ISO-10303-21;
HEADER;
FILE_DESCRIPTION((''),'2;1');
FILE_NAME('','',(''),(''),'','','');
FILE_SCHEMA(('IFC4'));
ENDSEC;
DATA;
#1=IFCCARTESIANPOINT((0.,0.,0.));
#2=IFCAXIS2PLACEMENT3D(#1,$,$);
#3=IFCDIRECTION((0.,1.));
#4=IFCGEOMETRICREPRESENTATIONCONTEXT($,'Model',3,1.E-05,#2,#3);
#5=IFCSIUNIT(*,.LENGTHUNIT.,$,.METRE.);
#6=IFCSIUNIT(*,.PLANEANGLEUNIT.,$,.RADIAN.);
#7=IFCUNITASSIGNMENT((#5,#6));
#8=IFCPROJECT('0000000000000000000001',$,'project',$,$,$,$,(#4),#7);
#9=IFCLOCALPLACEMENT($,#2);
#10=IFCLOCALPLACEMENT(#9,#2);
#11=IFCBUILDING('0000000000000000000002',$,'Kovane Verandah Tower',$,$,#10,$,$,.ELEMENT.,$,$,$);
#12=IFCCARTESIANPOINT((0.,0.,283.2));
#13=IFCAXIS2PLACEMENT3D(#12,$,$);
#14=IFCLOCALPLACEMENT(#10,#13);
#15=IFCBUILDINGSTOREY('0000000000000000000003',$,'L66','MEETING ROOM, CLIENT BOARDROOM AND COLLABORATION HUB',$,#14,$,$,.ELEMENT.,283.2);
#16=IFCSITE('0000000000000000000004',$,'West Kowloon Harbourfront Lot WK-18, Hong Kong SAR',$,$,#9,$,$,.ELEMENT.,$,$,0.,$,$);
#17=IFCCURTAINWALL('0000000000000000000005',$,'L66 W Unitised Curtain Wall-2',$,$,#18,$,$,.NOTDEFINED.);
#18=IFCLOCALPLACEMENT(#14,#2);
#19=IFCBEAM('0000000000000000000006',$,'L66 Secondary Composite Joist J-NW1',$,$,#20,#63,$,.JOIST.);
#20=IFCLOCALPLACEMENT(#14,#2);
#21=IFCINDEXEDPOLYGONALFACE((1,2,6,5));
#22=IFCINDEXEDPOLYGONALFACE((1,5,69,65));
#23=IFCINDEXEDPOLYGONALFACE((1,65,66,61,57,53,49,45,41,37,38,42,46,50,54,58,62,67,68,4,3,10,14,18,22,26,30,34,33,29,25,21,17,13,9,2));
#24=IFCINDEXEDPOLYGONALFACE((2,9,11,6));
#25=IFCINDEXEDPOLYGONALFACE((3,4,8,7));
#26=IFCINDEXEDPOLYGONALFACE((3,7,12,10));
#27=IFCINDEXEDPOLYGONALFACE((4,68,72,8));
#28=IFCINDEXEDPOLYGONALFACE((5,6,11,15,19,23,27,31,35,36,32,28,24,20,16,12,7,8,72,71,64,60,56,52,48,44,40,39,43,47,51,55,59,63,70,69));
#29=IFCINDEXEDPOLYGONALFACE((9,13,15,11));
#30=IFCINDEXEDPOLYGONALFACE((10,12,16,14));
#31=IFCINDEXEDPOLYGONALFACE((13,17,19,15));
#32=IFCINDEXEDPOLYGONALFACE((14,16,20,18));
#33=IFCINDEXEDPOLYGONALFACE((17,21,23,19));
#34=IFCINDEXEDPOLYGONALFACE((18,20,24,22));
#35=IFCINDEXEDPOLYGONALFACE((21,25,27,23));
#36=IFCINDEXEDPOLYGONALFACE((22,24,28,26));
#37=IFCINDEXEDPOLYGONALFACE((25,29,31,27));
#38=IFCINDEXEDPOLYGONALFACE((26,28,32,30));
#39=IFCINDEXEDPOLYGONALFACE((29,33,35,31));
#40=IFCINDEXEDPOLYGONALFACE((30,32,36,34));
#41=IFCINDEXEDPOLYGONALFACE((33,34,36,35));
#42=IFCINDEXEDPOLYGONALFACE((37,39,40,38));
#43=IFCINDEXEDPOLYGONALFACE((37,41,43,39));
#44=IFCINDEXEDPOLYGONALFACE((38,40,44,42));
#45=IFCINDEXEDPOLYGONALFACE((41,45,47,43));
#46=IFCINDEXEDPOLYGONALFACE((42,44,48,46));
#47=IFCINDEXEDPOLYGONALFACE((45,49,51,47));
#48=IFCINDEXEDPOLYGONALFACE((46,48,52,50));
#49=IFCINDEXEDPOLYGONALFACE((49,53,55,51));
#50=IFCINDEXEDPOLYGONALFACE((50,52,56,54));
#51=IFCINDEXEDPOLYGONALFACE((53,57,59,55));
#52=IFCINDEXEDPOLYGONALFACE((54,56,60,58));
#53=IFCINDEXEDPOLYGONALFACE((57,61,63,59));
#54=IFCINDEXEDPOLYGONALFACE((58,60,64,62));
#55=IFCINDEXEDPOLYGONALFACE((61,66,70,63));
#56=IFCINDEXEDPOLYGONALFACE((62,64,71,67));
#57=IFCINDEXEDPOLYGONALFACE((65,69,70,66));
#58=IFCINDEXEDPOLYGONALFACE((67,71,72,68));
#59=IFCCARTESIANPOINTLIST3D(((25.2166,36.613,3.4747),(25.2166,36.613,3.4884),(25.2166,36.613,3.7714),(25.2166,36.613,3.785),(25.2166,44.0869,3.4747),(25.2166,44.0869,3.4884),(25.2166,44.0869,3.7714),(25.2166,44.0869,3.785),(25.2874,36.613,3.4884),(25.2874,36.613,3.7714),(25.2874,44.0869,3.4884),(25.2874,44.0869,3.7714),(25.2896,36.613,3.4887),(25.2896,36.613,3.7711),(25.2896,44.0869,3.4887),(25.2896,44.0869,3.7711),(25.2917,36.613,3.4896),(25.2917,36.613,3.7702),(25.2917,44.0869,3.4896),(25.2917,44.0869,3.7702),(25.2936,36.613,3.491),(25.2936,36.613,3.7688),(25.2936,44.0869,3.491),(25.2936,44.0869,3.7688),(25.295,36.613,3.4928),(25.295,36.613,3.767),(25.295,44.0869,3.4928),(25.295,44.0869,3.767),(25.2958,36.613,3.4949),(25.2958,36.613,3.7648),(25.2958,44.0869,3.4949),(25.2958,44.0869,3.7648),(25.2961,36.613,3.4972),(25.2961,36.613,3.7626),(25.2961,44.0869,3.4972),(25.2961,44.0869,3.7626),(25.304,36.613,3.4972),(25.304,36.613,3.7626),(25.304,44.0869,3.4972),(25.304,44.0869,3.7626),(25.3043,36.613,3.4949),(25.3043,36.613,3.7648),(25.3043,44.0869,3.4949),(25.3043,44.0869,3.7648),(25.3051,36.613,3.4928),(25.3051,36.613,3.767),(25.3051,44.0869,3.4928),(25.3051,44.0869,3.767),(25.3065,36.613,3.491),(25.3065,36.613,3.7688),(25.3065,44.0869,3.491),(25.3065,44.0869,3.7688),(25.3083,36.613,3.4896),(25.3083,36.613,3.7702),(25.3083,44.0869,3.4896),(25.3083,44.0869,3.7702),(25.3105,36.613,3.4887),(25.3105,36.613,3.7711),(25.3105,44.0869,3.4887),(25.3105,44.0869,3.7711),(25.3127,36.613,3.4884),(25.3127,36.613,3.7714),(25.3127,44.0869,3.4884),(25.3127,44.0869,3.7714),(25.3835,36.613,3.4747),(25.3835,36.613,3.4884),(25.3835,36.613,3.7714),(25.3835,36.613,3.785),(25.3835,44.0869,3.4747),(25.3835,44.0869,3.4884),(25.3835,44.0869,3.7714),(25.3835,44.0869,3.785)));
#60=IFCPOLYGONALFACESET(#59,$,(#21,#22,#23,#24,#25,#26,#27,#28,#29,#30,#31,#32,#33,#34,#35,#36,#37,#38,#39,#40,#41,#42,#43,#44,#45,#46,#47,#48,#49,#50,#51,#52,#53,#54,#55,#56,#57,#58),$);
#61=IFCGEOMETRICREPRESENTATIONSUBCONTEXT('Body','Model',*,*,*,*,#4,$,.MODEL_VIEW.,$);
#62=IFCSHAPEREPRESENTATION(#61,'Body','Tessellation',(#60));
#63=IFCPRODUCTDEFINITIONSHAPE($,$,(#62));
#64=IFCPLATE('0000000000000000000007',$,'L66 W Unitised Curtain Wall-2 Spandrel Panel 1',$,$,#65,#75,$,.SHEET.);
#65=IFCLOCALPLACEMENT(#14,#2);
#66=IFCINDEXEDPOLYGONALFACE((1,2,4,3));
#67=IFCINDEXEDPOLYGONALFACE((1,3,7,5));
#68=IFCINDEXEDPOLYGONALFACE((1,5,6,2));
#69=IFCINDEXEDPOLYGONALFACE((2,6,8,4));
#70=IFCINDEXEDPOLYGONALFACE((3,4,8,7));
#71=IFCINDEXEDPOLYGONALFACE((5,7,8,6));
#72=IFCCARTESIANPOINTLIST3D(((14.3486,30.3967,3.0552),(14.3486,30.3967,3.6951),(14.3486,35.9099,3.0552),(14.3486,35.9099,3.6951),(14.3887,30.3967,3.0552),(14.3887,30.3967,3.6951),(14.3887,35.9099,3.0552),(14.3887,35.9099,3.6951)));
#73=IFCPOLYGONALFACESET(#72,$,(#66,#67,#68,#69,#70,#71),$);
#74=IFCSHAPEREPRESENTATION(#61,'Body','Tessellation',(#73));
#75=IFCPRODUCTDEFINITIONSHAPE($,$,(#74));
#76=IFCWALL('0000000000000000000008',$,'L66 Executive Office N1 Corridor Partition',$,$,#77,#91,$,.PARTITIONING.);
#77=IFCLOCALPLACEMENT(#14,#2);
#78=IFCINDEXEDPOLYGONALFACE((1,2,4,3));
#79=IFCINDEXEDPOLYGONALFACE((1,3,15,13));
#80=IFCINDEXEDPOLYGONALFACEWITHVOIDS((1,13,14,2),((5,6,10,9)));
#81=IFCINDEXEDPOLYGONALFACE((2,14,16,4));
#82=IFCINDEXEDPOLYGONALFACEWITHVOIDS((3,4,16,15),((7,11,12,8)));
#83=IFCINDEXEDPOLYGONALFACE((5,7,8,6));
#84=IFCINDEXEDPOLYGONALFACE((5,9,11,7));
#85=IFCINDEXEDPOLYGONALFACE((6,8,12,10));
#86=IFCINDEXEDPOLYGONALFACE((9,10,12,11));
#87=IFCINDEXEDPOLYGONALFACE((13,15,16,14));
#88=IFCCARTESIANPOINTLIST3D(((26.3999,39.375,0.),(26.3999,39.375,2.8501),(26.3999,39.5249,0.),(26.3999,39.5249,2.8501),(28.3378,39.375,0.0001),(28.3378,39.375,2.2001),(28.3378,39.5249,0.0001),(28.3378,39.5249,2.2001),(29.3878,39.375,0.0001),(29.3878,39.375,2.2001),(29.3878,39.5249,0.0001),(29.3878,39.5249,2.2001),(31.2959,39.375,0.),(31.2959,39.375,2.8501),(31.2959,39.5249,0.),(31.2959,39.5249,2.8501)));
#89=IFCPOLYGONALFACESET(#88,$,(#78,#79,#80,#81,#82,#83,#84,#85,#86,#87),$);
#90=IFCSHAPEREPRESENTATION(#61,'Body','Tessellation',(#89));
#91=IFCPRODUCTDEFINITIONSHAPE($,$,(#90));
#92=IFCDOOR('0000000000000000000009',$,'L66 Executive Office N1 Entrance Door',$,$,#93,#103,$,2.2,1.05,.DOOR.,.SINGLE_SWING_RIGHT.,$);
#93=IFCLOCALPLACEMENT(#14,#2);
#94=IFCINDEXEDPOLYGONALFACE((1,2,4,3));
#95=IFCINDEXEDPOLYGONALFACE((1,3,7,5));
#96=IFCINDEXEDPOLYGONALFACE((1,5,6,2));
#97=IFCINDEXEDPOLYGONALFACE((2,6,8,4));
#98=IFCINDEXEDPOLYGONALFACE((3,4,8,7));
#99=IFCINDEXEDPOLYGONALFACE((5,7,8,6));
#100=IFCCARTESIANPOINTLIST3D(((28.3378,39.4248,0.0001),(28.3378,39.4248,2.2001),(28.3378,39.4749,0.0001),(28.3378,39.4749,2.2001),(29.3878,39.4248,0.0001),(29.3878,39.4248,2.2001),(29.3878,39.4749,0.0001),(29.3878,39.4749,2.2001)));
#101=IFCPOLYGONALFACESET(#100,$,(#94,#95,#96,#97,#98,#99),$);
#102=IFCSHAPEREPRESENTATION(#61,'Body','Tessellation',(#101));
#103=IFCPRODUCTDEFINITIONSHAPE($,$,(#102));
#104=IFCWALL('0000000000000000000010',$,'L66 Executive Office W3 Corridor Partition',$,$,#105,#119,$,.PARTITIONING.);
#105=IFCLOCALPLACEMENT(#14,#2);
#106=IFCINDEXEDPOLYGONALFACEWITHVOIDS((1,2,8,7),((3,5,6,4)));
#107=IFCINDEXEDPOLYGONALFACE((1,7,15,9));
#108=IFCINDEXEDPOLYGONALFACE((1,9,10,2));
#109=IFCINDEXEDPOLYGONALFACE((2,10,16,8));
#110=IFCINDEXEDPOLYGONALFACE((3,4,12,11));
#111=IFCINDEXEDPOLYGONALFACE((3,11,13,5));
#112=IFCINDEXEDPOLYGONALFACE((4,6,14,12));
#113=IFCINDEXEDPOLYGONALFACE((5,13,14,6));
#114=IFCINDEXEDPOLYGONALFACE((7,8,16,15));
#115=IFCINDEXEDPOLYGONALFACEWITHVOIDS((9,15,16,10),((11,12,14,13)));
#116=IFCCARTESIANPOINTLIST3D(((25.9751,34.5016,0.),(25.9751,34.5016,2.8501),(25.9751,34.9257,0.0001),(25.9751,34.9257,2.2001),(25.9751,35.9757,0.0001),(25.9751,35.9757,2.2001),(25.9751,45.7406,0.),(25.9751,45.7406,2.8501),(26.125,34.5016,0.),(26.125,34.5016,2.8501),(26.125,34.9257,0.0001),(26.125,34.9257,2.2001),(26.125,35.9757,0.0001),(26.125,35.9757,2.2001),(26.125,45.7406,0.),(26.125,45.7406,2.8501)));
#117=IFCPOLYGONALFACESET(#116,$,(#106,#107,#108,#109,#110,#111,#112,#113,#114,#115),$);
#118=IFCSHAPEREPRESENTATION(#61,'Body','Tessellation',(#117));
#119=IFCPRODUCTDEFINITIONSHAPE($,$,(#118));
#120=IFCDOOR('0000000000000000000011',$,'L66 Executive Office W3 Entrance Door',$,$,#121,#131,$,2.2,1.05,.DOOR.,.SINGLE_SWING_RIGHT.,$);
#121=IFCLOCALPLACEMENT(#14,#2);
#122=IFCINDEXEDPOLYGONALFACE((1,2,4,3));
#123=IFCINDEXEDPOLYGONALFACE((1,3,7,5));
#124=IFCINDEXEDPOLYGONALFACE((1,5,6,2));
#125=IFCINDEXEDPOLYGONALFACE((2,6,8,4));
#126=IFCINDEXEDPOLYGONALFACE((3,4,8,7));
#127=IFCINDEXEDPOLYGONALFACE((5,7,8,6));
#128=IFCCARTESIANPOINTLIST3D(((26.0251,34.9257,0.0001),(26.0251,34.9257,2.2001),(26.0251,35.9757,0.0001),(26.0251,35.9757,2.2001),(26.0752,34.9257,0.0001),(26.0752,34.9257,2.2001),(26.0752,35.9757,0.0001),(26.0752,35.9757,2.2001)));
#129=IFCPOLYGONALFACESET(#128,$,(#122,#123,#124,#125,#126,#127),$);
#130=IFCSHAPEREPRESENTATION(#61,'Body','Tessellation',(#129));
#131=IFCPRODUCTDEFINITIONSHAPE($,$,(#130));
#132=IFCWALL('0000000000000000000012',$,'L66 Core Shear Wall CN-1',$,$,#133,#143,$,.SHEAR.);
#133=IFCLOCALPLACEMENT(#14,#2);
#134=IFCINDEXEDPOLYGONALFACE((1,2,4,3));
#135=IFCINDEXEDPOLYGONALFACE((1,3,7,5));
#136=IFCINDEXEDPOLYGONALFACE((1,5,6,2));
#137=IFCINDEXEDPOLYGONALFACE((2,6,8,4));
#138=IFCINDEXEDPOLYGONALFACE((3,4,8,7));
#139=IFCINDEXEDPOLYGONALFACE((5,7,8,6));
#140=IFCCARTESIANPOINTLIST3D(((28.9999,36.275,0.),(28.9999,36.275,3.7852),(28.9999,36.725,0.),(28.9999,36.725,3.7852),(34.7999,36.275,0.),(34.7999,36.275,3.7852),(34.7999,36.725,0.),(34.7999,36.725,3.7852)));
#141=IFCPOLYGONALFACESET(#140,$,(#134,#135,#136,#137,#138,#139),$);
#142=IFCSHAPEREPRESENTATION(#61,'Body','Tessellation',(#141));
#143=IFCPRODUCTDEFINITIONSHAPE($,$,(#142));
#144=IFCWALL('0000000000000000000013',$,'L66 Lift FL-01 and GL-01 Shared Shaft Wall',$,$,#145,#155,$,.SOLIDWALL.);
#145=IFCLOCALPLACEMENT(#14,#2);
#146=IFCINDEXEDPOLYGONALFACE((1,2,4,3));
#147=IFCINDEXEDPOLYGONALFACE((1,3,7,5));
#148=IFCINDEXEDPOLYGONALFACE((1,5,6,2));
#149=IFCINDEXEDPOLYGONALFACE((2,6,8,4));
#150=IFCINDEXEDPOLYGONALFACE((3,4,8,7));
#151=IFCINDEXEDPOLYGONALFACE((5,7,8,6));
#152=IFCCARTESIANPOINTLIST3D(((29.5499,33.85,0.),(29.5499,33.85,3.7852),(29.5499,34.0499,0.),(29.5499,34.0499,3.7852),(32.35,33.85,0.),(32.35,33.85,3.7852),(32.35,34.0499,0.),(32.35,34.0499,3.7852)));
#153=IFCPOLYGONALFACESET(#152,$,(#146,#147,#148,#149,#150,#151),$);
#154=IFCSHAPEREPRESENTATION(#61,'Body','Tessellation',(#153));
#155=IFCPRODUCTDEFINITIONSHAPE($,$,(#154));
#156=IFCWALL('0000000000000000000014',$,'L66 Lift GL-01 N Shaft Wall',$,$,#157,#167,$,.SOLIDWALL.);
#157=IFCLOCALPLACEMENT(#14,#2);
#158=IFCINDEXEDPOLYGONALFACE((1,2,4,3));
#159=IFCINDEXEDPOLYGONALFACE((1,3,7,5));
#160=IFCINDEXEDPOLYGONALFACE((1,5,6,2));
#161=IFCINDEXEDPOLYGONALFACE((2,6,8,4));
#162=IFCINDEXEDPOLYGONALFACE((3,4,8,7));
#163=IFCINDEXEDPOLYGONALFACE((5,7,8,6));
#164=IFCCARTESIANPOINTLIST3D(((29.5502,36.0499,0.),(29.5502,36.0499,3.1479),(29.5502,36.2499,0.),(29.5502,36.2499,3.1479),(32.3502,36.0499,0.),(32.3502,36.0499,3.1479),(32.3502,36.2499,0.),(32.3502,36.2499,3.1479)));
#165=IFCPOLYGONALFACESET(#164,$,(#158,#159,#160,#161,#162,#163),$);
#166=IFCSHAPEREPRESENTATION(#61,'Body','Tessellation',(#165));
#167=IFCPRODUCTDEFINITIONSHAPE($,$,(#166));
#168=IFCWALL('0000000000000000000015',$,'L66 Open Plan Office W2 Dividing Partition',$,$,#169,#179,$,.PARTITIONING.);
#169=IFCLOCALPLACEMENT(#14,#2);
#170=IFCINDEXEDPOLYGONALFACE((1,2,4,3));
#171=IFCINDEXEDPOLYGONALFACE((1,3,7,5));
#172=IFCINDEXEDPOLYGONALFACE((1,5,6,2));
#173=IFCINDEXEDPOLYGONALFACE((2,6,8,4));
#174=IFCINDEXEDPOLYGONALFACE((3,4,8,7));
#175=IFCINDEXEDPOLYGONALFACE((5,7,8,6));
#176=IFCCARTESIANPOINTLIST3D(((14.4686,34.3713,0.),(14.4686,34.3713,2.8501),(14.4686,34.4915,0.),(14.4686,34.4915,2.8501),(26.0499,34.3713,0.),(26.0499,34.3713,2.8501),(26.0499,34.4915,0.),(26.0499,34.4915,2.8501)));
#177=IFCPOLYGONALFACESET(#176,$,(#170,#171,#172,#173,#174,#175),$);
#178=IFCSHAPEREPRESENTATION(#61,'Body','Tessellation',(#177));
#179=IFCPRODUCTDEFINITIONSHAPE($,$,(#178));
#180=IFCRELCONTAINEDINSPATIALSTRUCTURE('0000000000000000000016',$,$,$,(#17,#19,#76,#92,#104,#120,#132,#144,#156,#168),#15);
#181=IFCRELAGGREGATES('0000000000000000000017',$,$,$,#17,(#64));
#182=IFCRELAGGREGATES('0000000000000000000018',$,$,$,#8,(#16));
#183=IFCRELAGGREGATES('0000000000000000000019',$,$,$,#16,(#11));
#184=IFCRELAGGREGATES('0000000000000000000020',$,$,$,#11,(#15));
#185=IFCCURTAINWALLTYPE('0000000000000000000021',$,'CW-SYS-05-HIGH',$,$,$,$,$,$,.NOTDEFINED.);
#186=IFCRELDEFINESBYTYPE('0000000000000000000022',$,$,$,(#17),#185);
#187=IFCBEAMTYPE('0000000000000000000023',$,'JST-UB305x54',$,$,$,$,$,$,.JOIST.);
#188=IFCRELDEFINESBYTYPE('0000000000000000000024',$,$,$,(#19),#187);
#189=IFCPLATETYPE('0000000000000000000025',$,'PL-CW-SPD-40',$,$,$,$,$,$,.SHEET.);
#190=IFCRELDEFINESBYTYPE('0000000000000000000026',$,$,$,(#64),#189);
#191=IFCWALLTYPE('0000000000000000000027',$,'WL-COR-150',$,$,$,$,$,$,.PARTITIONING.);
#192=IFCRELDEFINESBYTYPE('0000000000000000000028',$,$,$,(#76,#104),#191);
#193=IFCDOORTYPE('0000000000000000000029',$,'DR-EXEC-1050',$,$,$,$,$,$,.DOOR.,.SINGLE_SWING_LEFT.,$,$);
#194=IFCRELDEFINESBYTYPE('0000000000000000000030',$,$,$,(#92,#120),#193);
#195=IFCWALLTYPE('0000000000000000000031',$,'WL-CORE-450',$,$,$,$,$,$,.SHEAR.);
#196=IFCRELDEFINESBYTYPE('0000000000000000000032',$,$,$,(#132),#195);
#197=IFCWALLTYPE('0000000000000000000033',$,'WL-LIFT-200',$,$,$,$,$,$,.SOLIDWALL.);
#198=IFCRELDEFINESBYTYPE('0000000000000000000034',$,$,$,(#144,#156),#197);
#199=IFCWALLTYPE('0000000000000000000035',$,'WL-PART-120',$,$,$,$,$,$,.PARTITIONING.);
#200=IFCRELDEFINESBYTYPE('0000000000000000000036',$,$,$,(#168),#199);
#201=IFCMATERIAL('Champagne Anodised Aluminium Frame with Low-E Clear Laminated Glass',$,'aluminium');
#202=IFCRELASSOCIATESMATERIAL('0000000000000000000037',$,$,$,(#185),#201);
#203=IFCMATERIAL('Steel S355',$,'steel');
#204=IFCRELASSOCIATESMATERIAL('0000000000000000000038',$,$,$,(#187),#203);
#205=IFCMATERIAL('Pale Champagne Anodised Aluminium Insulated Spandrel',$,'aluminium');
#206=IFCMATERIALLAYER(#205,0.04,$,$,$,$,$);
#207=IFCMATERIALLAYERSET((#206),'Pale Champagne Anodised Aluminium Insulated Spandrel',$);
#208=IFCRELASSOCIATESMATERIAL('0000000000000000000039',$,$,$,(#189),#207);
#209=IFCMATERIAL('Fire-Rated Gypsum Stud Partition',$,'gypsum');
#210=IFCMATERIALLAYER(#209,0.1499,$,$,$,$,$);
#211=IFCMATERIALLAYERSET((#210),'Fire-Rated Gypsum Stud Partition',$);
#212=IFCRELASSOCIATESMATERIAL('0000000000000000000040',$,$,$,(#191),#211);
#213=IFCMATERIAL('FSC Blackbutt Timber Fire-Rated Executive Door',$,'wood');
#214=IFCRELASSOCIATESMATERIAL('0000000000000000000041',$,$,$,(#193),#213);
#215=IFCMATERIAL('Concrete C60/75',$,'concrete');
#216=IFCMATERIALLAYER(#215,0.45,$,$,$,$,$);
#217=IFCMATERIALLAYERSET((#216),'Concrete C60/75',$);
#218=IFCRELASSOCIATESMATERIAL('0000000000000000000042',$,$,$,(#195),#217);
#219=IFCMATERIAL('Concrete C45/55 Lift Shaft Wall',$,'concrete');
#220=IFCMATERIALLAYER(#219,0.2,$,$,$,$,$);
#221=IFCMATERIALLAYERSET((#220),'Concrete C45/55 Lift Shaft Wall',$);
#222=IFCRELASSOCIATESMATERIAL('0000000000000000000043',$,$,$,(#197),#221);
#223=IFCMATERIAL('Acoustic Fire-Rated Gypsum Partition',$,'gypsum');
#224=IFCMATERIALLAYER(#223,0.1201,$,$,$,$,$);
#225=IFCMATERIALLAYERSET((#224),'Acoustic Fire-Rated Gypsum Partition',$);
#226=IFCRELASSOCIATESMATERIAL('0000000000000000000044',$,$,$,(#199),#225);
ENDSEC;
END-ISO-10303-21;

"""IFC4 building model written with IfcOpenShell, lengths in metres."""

from ifc_helpers import new_model, si_unit, direction, frame, frame_2d, origin, origin_2d, place, context, subcontext, project, spatial, rectangle, i_section, extrude, material, layer, layer_set, material_profile, profile_set, type_object, element, fill, aggregate, save


model = new_model("IFC4")

# Units and contexts
model_context = context("Model", 3, precision=1e-05, world=origin(), true_north=direction((0.0, 1.0)))
body_context = subcontext(model_context, "Body", "Model", "MODEL_VIEW")
ifc_project = project(units=[si_unit("LENGTHUNIT", "METRE"), si_unit("PLANEANGLEUNIT", "RADIAN")], contexts=[model_context])

# Site, building, storey
site_placement = place(None, origin())
site = spatial("IfcSite", under=ifc_project, at=site_placement, Name="West Kowloon Harbourfront Lot WK-18, Hong Kong SAR", CompositionType="ELEMENT", RefElevation=0.0)
building_placement = place(site_placement, origin())
building = spatial("IfcBuilding", under=site, at=building_placement, Name="Kovane Verandah Tower", CompositionType="ELEMENT")
storey_placement = place(building_placement, frame((0.0, 0.0, 283.2)))
storey = spatial("IfcBuildingStorey", under=building, at=storey_placement, Name="L66", Description="MEETING ROOM, CLIENT BOARDROOM AND COLLABORATION HUB", CompositionType="ELEMENT", Elevation=283.2)

# Shared definitions
ifc_material_1 = material(Name="Concrete C60/75", Category="concrete")

# Shared definitions
ifc_material_2 = material(Name="Steel S355", Category="steel")

# Shared definitions
ifc_material_3 = material(Name="Champagne Anodised Aluminium Frame with Low-E Clear Laminated Glass", Category="aluminium")
curtain_wall_type = type_object("IfcCurtainWallType", Name="CW-SYS-05-HIGH", PredefinedType="NOTDEFINED", material=ifc_material_3)

# Curtain wall
curtain_wall_1_placement = place(storey_placement, origin())
curtain_wall_1 = element("IfcCurtainWall", 1, at=curtain_wall_1_placement, inside=storey, type_object=curtain_wall_type, Name="L66 W Unitised Curtain Wall-2", PredefinedType="NOTDEFINED")

# Beam
ifc_material_profile_1 = material_profile(ifc_material_2, i_section(OverallWidth=0.167, OverallDepth=0.3103, WebThickness=0.0078, FlangeThickness=0.0137, FilletRadius=0.0088, at=origin_2d()), Name="UB305x165x54")
ifc_profile_set_1 = profile_set([ifc_material_profile_1], Name="Steel S355")
beam_type_1 = type_object("IfcBeamType", Name="JST-UB305x54", PredefinedType="JOIST", material=ifc_profile_set_1)
beam_1_placement = place(storey_placement, frame((25.3, 36.613, 3.6299), z_axis=(0.0, 1.0, 0.0), x_axis=(-1.0, 0.0, 0.0)))
element("IfcBeam", 2, at=beam_1_placement, inside=storey, type_object=beam_type_1, Name="L66 Secondary Composite Joist J-NW1", PredefinedType="JOIST", context=body_context, shape_type="SweptSolid", body=[
    extrude(i_section(OverallWidth=0.167, OverallDepth=0.3103, WebThickness=0.0078, FlangeThickness=0.0137, FilletRadius=0.0088, at=origin_2d()), origin(), (0.0, 0.0, 1.0), 7.4739),
])

# Plate
ifc_material_4 = material(Name="Pale Champagne Anodised Aluminium Insulated Spandrel", Category="aluminium")
ifc_layer_1 = layer(ifc_material_4, 0.04)
ifc_layer_set_1 = layer_set([ifc_layer_1], Name="Pale Champagne Anodised Aluminium Insulated Spandrel")
plate_type = type_object("IfcPlateType", Name="PL-CW-SPD-40", PredefinedType="SHEET", material=ifc_layer_set_1)
plate_placement = place(storey_placement, frame((14.3687, 33.1533, 3.0552), z_axis=(0.0, 0.0, 1.0), x_axis=(0.0, -1.0, 0.0)))
plate = element("IfcPlate", 3, at=plate_placement, type_object=plate_type, Name="L66 W Unitised Curtain Wall-2 Spandrel Panel 1", PredefinedType="SHEET", context=body_context, shape_type="SweptSolid", body=[
    extrude(rectangle(XDim=5.5132, YDim=0.04, at=origin_2d()), origin(), (0.0, 0.0, 1.0), 0.6399),
])
aggregate(curtain_wall_1, [plate])

# Walls, openings, doors
ifc_material_5 = material(Name="Fire-Rated Gypsum Stud Partition", Category="gypsum")
ifc_layer_2 = layer(ifc_material_5, 0.1499)
ifc_layer_set_2 = layer_set([ifc_layer_2], Name="Fire-Rated Gypsum Stud Partition")
wall_type_1 = type_object("IfcWallType", Name="WL-COR-150", PredefinedType="PARTITIONING", material=ifc_layer_set_2)
wall_1_placement = place(storey_placement, frame((26.3999, 39.45, 0.0), z_axis=(0.0, 0.0, 1.0), x_axis=(1.0, 0.0, 0.0)))
wall_1 = element("IfcWall", 4, at=wall_1_placement, inside=storey, type_object=wall_type_1, Name="L66 Executive Office N1 Corridor Partition", PredefinedType="PARTITIONING", context=body_context, shape_type="SweptSolid", body=[
    extrude(rectangle(XDim=4.896, YDim=0.1499, at=frame_2d((2.448, 0.0))), origin(), (0.0, 0.0, 1.0), 2.8501),
])
opening_1_placement = place(wall_1_placement, frame((1.938, 0.0, 0.0)))
opening_1 = element("IfcOpeningElement", 5, at=opening_1_placement, cuts=wall_1, PredefinedType="OPENING", context=body_context, shape_type="SweptSolid", body=[
    extrude(rectangle(XDim=1.05, YDim=2.2, at=frame_2d((0.5249, 1.1001))), frame((0.0, 0.075, 0.0), z_axis=(0.0, -1.0, 0.0), x_axis=(1.0, 0.0, 0.0)), (0.0, 0.0, 1.0), 0.1499),
])
ifc_material_6 = material(Name="FSC Blackbutt Timber Fire-Rated Executive Door", Category="wood")
door_type_1 = type_object("IfcDoorType", Name="DR-EXEC-1050", OperationType="SINGLE_SWING_LEFT", PredefinedType="DOOR", material=ifc_material_6)
door_1_placement = place(opening_1_placement, origin())
door_1 = element("IfcDoor", 6, at=door_1_placement, inside=storey, type_object=door_type_1, Name="L66 Executive Office N1 Entrance Door", OperationType="SINGLE_SWING_RIGHT", OverallHeight=2.2, OverallWidth=1.05, PredefinedType="DOOR", context=body_context, shape_type="SweptSolid", body=[
    extrude(rectangle(XDim=1.05, YDim=2.2, at=frame_2d((0.5249, 1.1001))), frame((0.0, 0.0249, 0.0), z_axis=(0.0, -1.0, 0.0), x_axis=(1.0, 0.0, 0.0)), (0.0, 0.0, 1.0), 0.05),
])
fill(opening_1, door_1)
wall_2_placement = place(storey_placement, frame((26.05, 34.5015, 0.0), z_axis=(0.0, 0.0, 1.0), x_axis=(0.0, 1.0, 0.0)))
wall_2 = element("IfcWall", 7, at=wall_2_placement, inside=storey, type_object=wall_type_1, Name="L66 Executive Office W3 Corridor Partition", PredefinedType="PARTITIONING", context=body_context, shape_type="SweptSolid", body=[
    extrude(rectangle(XDim=11.239, YDim=0.1499, at=frame_2d((5.6196, 0.0))), origin(), (0.0, 0.0, 1.0), 2.8501),
])
opening_2_placement = place(wall_2_placement, frame((0.4243, 0.0, 0.0)))
opening_2 = element("IfcOpeningElement", 8, at=opening_2_placement, cuts=wall_2, PredefinedType="OPENING", context=body_context, shape_type="SweptSolid", body=[
    extrude(rectangle(XDim=1.05, YDim=2.2, at=frame_2d((0.5249, 1.1001))), frame((0.0, 0.075, 0.0), z_axis=(0.0, -1.0, 0.0), x_axis=(1.0, 0.0, 0.0)), (0.0, 0.0, 1.0), 0.1499),
])
door_2_placement = place(opening_2_placement, origin())
door_2 = element("IfcDoor", 9, at=door_2_placement, inside=storey, type_object=door_type_1, Name="L66 Executive Office W3 Entrance Door", OperationType="SINGLE_SWING_RIGHT", OverallHeight=2.2, OverallWidth=1.05, PredefinedType="DOOR", context=body_context, shape_type="SweptSolid", body=[
    extrude(rectangle(XDim=1.05, YDim=2.2, at=frame_2d((0.5249, 1.1001))), frame((0.0, 0.0249, 0.0), z_axis=(0.0, -1.0, 0.0), x_axis=(1.0, 0.0, 0.0)), (0.0, 0.0, 1.0), 0.05),
])
fill(opening_2, door_2)

# Walls
ifc_layer_3 = layer(ifc_material_1, 0.45)
ifc_layer_set_3 = layer_set([ifc_layer_3], Name="Concrete C60/75")
wall_type_2 = type_object("IfcWallType", Name="WL-CORE-450", PredefinedType="SHEAR", material=ifc_layer_set_3)
wall_3_placement = place(storey_placement, frame((29.0, 36.5, 0.0), z_axis=(0.0, 0.0, 1.0), x_axis=(1.0, 0.0, 0.0)))
element("IfcWall", 10, at=wall_3_placement, inside=storey, type_object=wall_type_2, Name="L66 Core Shear Wall CN-1", PredefinedType="SHEAR", context=body_context, shape_type="SweptSolid", body=[
    extrude(rectangle(XDim=5.8, YDim=0.45, at=frame_2d((2.8999, 0.0))), origin(), (0.0, 0.0, 1.0), 3.7852),
])
ifc_material_7 = material(Name="Concrete C45/55 Lift Shaft Wall", Category="concrete")
ifc_layer_4 = layer(ifc_material_7, 0.2)
ifc_layer_set_4 = layer_set([ifc_layer_4], Name="Concrete C45/55 Lift Shaft Wall")
wall_type_3 = type_object("IfcWallType", Name="WL-LIFT-200", PredefinedType="SOLIDWALL", material=ifc_layer_set_4)
wall_4_placement = place(storey_placement, frame((29.55, 33.95, 0.0), z_axis=(0.0, 0.0, 1.0), x_axis=(1.0, 0.0, 0.0)))
element("IfcWall", 11, at=wall_4_placement, inside=storey, type_object=wall_type_3, Name="L66 Lift FL-01 and GL-01 Shared Shaft Wall", PredefinedType="SOLIDWALL", context=body_context, shape_type="SweptSolid", body=[
    extrude(rectangle(XDim=2.8, YDim=0.2, at=frame_2d((1.3999, 0.0))), origin(), (0.0, 0.0, 1.0), 3.7852),
])
wall_5_placement = place(storey_placement, frame((32.3501, 36.1499, 0.0), z_axis=(0.0, 0.0, 1.0), x_axis=(-1.0, 0.0, 0.0)))
element("IfcWall", 12, at=wall_5_placement, inside=storey, type_object=wall_type_3, Name="L66 Lift GL-01 N Shaft Wall", PredefinedType="SOLIDWALL", context=body_context, shape_type="SweptSolid", body=[
    extrude(rectangle(XDim=2.8, YDim=0.2, at=frame_2d((1.3999, 0.0))), origin(), (0.0, 0.0, 1.0), 3.1479),
])

# Wall
ifc_material_8 = material(Name="Acoustic Fire-Rated Gypsum Partition", Category="gypsum")
ifc_layer_5 = layer(ifc_material_8, 0.1201)
ifc_layer_set_5 = layer_set([ifc_layer_5], Name="Acoustic Fire-Rated Gypsum Partition")
wall_type_4 = type_object("IfcWallType", Name="WL-PART-120", PredefinedType="PARTITIONING", material=ifc_layer_set_5)
wall_6_placement = place(storey_placement, frame((14.4688, 34.4314, 0.0), z_axis=(0.0, 0.0, 1.0), x_axis=(1.0, 0.0, 0.0)))
element("IfcWall", 13, at=wall_6_placement, inside=storey, type_object=wall_type_4, Name="L66 Open Plan Office W2 Dividing Partition", PredefinedType="PARTITIONING", context=body_context, shape_type="SweptSolid", body=[
    extrude(rectangle(XDim=11.5813, YDim=0.1201, at=frame_2d((5.7905, 0.0))), origin(), (0.0, 0.0, 1.0), 2.8501),
])

save(model, "model.ifc")
